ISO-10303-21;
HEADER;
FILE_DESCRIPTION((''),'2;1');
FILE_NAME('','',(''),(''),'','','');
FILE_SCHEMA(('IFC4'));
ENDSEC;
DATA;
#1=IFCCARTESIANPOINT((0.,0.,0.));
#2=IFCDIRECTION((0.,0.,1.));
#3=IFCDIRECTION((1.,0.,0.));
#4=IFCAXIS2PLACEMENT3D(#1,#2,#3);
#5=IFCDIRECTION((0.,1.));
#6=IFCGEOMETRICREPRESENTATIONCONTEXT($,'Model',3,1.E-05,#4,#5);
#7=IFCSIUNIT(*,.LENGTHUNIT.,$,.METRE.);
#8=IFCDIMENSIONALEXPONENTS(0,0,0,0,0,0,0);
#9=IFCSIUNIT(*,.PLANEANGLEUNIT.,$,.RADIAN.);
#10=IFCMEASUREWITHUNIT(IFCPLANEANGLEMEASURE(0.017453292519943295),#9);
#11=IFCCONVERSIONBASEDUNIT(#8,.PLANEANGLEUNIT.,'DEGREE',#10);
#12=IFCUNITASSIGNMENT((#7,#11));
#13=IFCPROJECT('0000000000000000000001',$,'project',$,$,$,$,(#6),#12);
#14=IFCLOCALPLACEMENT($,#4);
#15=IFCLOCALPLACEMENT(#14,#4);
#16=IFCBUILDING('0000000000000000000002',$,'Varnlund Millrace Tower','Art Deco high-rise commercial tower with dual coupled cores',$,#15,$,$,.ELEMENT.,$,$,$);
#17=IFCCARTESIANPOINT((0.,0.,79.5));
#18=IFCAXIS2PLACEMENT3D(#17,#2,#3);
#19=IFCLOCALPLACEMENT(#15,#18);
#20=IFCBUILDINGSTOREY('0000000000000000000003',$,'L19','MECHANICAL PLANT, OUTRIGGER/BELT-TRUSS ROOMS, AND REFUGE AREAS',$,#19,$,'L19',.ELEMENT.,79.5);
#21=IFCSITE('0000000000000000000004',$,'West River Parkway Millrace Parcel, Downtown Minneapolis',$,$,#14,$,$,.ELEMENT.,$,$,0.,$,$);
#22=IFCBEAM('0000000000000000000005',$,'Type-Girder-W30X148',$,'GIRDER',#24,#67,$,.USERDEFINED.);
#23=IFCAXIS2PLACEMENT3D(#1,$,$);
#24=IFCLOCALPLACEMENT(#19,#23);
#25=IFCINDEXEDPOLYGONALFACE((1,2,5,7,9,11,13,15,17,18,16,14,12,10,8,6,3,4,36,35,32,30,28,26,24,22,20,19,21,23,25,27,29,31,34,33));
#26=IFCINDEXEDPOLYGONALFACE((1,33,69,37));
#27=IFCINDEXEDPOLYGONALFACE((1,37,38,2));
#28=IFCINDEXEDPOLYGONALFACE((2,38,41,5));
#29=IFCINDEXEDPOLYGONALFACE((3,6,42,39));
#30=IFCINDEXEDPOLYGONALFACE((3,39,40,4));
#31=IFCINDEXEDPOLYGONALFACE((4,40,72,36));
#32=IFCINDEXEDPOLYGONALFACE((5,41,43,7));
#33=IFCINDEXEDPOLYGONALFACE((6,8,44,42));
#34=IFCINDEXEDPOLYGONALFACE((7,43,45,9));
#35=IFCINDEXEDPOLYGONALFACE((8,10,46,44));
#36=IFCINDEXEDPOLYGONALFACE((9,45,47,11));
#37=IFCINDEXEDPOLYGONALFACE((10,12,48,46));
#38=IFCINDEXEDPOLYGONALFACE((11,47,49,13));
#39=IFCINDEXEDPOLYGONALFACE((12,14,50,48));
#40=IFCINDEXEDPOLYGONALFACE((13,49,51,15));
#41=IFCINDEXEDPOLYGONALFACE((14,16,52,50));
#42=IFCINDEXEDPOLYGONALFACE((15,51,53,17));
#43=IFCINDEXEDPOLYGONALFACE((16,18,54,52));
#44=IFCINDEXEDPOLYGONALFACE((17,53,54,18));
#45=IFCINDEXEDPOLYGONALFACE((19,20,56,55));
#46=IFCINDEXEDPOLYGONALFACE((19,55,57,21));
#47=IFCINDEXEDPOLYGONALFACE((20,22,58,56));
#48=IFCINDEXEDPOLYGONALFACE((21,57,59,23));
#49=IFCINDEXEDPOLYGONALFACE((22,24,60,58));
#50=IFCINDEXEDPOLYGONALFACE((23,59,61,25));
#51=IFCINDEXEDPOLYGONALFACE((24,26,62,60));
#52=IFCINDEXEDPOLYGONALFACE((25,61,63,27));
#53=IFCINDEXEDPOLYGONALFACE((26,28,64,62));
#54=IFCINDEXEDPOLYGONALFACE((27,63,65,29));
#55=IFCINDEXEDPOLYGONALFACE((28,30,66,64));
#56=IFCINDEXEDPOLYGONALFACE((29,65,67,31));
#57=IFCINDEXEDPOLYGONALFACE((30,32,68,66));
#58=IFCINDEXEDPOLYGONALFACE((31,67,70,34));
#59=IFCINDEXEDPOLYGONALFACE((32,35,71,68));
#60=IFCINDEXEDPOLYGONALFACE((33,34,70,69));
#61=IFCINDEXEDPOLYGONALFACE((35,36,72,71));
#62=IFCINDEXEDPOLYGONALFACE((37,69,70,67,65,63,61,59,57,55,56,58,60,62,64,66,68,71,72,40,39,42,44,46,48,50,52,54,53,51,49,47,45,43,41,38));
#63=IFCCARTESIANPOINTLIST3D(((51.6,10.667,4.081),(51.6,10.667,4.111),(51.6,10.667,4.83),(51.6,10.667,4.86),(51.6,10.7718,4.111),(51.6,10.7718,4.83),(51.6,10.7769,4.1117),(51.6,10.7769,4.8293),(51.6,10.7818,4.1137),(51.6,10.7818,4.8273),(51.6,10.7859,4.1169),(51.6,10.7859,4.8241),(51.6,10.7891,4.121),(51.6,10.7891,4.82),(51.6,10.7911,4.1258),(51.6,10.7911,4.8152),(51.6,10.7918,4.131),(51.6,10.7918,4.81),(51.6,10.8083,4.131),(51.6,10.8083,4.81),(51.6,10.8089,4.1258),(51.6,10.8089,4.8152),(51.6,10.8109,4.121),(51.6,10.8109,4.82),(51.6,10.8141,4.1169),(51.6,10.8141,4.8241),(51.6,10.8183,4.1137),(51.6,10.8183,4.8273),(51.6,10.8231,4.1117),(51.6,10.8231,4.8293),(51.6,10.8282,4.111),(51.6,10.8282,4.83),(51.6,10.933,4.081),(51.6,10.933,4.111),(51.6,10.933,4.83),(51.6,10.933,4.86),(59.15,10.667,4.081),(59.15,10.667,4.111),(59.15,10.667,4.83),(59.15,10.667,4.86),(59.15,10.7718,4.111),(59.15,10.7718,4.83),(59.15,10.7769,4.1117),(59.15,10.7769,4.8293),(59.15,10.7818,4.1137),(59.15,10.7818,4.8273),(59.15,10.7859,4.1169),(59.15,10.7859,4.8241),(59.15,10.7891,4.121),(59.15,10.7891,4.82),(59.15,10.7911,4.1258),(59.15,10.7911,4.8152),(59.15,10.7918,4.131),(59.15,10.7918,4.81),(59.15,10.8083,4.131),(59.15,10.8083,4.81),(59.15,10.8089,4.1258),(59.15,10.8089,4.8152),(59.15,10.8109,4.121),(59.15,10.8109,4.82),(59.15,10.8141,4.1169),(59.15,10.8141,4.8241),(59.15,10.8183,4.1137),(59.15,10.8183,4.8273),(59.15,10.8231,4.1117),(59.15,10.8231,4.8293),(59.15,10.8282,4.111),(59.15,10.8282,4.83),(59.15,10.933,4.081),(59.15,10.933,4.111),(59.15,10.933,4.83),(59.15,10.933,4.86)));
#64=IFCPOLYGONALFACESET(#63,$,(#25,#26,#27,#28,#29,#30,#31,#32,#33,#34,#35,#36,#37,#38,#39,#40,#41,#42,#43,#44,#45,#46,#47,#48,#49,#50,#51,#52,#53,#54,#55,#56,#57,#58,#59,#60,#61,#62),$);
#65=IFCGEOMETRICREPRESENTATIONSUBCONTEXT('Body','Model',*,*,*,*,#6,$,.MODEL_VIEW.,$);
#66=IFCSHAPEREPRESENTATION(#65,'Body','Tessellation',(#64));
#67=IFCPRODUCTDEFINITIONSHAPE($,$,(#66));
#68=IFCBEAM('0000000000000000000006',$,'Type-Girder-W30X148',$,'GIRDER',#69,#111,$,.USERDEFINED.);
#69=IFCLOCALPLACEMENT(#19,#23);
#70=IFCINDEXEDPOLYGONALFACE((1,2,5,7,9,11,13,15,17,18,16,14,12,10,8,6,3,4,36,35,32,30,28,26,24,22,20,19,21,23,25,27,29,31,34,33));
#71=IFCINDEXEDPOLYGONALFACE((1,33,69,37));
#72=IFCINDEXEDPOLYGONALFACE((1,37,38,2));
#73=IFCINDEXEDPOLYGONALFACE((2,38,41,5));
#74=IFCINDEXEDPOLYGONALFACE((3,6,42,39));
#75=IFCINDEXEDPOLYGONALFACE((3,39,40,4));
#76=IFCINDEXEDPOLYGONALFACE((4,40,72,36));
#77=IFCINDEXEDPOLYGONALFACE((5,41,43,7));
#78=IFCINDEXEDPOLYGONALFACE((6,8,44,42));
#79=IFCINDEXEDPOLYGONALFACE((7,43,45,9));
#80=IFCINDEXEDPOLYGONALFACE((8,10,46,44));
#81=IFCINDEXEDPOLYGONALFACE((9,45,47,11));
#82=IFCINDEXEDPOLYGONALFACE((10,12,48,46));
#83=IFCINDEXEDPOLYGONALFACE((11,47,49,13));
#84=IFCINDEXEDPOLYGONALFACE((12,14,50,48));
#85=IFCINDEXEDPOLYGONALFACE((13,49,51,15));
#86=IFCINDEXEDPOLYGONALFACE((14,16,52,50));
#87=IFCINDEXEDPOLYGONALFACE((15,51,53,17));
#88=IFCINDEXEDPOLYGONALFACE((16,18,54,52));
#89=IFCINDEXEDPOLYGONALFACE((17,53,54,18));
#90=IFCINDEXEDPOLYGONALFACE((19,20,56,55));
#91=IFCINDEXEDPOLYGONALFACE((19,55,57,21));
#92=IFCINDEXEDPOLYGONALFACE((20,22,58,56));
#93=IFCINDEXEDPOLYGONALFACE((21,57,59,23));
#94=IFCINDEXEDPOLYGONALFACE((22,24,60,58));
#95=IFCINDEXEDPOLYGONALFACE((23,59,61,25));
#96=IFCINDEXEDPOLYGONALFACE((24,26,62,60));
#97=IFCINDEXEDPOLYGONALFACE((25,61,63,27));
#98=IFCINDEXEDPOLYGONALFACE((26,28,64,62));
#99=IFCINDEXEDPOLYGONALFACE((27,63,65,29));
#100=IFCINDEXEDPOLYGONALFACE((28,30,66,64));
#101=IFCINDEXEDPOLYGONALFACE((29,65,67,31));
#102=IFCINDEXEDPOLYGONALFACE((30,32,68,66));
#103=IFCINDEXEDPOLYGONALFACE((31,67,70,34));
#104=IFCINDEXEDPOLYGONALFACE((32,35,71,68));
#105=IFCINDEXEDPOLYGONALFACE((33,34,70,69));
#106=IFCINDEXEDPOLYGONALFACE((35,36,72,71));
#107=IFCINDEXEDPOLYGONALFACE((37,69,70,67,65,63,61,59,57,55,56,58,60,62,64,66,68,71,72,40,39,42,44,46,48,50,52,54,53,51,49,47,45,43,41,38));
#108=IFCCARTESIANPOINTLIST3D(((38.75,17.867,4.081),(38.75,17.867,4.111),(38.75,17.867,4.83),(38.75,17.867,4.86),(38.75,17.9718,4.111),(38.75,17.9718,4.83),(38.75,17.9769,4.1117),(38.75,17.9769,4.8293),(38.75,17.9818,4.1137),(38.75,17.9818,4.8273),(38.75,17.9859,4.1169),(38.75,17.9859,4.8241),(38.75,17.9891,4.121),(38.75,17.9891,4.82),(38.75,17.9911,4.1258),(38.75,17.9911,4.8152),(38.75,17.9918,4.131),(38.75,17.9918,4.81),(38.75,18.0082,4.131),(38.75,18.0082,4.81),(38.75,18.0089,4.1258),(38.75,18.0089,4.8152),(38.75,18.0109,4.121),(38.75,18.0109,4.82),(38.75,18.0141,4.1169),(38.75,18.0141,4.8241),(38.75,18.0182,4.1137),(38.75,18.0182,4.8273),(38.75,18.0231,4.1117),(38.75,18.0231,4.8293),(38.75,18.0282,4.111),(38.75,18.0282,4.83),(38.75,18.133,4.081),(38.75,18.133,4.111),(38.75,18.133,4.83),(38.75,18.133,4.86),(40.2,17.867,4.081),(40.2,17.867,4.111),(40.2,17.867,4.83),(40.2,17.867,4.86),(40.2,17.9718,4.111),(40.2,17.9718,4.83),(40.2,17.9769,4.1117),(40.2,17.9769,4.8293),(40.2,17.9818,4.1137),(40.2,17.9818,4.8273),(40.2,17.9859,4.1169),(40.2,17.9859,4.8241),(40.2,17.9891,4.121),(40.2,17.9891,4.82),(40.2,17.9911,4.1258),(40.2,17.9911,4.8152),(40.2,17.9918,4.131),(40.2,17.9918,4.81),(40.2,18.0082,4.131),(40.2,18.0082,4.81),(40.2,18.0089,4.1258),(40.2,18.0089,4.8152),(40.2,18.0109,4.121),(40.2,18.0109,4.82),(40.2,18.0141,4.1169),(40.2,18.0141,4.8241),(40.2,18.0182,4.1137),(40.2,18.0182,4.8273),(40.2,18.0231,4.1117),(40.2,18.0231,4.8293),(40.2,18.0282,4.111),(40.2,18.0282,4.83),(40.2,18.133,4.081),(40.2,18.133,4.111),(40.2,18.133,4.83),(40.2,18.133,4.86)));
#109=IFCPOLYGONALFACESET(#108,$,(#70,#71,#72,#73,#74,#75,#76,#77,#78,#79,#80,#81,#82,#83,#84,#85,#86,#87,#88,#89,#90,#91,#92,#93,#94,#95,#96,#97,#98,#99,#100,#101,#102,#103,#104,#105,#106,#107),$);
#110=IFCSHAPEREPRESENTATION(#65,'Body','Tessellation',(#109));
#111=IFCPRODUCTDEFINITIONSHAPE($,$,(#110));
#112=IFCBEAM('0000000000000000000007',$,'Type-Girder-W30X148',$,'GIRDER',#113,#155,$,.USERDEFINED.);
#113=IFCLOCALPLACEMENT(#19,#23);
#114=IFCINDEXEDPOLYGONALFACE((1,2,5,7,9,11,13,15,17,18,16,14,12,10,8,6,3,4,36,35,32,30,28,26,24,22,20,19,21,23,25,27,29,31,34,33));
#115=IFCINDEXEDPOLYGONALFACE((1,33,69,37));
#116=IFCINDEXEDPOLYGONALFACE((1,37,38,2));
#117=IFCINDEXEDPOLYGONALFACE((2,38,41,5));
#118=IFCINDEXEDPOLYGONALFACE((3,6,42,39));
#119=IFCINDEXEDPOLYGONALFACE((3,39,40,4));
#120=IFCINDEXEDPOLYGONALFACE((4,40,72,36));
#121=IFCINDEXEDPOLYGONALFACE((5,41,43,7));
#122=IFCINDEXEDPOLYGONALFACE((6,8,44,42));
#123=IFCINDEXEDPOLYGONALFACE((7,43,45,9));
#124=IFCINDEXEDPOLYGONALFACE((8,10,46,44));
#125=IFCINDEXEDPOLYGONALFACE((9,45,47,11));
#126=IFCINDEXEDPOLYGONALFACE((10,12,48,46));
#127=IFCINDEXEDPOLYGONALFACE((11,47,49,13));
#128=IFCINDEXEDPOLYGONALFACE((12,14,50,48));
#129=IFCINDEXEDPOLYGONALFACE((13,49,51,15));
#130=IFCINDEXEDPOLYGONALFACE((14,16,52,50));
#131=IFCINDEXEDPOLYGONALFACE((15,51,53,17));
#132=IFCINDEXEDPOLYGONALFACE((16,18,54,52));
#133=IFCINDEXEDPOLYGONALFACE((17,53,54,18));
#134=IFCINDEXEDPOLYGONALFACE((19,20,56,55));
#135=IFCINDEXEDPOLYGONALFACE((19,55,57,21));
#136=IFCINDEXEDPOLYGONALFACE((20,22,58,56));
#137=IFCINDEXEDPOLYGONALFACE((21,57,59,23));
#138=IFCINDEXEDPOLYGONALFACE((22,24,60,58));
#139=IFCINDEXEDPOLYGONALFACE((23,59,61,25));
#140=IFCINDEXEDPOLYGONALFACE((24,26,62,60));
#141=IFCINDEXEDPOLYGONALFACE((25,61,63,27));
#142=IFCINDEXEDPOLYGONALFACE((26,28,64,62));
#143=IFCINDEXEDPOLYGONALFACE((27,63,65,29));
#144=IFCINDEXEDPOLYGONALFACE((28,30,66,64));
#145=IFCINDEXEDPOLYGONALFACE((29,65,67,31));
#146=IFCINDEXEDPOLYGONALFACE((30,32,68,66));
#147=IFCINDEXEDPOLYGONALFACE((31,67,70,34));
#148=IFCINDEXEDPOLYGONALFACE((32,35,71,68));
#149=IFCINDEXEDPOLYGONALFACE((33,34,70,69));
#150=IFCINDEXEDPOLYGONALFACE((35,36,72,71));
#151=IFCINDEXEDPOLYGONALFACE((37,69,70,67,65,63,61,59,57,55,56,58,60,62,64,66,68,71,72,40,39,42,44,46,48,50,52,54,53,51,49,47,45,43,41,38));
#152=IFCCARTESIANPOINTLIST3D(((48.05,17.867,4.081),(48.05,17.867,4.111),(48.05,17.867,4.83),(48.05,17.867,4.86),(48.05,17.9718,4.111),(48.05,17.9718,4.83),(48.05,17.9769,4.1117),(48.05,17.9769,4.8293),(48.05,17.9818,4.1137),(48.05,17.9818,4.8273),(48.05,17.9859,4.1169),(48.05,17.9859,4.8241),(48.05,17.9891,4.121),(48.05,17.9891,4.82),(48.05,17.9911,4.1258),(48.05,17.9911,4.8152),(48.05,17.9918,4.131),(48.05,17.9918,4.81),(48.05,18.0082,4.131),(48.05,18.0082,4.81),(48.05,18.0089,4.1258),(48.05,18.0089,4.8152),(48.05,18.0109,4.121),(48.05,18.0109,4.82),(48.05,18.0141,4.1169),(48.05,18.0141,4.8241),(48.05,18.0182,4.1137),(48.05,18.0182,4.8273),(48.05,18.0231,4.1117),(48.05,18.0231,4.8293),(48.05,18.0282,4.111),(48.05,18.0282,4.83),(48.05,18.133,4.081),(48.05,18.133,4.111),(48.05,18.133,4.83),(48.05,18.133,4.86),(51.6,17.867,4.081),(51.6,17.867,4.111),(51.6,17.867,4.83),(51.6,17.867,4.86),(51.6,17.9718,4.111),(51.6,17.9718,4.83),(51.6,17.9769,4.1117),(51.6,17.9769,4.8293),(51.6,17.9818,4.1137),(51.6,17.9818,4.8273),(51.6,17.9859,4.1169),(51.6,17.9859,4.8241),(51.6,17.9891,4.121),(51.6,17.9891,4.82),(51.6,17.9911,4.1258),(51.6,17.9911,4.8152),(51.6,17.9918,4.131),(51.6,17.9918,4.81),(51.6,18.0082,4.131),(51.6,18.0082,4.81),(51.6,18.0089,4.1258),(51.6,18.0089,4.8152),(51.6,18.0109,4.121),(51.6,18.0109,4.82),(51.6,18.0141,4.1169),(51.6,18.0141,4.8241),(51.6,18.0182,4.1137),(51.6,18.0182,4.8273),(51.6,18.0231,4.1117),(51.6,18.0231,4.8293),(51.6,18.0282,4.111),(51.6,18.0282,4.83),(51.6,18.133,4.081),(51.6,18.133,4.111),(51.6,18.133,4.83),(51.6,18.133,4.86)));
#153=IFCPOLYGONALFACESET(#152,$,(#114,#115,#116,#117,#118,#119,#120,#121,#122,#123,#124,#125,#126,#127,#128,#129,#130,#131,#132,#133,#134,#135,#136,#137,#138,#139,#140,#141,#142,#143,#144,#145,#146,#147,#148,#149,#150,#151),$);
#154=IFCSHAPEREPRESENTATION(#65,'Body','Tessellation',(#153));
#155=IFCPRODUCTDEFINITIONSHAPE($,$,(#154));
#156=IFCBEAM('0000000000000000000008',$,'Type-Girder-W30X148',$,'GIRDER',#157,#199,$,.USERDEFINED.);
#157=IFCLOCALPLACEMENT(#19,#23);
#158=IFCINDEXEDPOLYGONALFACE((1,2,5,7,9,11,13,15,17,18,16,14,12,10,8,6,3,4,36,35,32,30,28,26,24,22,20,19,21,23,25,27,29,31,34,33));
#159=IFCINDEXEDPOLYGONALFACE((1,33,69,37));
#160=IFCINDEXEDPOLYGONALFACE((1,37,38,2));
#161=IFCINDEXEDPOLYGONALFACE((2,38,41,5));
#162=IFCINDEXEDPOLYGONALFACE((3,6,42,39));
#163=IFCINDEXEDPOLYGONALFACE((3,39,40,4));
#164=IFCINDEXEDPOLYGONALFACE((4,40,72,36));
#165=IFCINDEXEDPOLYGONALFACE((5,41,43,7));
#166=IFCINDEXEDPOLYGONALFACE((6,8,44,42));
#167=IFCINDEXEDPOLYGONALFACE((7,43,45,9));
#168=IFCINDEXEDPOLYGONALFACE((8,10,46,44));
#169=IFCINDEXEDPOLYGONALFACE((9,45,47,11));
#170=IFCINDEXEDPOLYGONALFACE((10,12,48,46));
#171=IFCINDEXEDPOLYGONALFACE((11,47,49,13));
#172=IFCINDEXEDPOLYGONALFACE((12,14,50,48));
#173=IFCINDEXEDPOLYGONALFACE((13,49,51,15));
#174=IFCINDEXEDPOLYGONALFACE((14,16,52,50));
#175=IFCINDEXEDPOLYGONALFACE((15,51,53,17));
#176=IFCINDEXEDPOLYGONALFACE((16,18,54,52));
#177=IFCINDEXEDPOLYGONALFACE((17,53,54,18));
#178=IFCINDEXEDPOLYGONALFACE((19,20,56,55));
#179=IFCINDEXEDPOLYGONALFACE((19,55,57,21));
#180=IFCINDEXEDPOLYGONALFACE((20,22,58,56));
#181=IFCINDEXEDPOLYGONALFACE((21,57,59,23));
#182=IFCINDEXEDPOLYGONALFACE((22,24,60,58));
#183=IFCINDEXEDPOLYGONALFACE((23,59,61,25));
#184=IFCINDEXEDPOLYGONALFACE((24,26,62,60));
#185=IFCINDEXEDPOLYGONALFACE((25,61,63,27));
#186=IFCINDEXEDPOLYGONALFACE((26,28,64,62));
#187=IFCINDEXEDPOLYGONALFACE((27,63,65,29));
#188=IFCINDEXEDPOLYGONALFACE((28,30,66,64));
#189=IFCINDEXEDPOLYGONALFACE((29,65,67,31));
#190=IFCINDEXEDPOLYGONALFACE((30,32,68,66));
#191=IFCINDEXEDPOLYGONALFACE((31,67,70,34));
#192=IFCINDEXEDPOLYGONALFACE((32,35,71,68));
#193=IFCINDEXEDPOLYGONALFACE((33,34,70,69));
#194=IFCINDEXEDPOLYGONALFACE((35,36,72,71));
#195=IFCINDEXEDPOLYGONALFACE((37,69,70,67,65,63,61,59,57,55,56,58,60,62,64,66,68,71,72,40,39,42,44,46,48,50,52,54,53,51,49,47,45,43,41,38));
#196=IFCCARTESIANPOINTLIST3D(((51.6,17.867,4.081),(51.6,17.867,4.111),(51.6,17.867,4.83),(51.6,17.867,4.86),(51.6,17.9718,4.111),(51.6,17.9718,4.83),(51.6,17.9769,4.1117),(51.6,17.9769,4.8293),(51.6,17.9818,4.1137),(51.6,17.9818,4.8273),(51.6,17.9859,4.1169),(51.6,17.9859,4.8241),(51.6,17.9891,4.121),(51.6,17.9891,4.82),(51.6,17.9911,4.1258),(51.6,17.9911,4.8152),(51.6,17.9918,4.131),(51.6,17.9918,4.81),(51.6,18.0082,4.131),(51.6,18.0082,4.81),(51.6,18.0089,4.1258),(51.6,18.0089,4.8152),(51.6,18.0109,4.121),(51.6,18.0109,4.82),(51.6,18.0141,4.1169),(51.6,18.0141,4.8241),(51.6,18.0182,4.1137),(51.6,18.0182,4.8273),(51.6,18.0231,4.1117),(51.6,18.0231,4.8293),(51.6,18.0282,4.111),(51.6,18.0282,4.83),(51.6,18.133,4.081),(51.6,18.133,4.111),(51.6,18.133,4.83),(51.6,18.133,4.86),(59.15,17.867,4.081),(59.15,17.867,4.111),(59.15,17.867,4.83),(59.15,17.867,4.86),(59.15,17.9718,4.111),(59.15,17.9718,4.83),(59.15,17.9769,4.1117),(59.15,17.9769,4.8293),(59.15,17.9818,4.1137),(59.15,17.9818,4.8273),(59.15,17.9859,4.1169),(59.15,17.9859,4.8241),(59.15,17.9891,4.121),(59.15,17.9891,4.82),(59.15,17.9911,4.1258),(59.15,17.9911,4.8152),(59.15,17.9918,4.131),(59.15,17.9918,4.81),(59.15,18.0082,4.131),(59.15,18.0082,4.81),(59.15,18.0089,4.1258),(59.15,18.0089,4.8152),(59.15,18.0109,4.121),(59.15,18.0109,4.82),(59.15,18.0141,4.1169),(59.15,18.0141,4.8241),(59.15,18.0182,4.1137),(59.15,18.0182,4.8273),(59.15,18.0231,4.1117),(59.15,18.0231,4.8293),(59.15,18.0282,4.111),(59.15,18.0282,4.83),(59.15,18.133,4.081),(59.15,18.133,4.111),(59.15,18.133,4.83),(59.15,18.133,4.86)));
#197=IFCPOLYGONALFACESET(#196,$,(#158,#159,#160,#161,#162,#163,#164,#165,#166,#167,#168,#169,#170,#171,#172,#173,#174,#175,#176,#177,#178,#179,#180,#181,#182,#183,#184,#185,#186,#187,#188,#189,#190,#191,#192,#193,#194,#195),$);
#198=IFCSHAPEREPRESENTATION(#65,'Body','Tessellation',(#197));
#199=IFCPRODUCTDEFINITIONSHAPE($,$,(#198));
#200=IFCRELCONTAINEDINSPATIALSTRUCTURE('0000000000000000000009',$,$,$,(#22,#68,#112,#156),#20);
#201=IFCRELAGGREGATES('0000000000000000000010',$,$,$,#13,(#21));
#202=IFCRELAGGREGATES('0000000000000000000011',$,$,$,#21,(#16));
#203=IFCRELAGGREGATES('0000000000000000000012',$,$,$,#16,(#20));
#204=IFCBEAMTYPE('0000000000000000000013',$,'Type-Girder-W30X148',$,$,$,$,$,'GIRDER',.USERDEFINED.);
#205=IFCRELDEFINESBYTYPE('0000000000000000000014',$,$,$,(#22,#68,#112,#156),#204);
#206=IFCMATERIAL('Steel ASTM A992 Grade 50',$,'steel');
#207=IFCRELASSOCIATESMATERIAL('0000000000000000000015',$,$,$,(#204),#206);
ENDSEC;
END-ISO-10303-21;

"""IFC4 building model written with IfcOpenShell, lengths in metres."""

from ifc_helpers import new_model, entity, si_unit, converted_unit, direction, frame, origin_with_axes, origin_2d_with_axis, place, context, subcontext, project, spatial, i_section, extrude, material, material_profile, profile_set, type_object, element, save


model = new_model("IFC4")

# Units and contexts
model_context = context("Model", 3, precision=1e-05, world=origin_with_axes(), true_north=direction((0.0, 1.0)))
body_context = subcontext(model_context, "Body", "Model", "MODEL_VIEW")
ifc_project = project(units=[si_unit("LENGTHUNIT", "METRE"), converted_unit("PLANEANGLEUNIT", "DEGREE", entity("IfcPlaneAngleMeasure", 0.017453292519943295), si_unit("PLANEANGLEUNIT", "RADIAN"), dimensions=[0, 0, 0, 0, 0, 0, 0])], contexts=[model_context])

# Site, building, storey
site_placement = place(None, origin_with_axes())
site = spatial("IfcSite", under=ifc_project, at=site_placement, Name="West River Parkway Millrace Parcel, Downtown Minneapolis", CompositionType="ELEMENT", RefElevation=0.0)
building_placement = place(site_placement, origin_with_axes())
building = spatial("IfcBuilding", under=site, at=building_placement, Name="Varnlund Millrace Tower", Description="Art Deco high-rise commercial tower with dual coupled cores", CompositionType="ELEMENT")
storey_placement = place(building_placement, frame((0.0, 0.0, 79.5), z_axis=(0.0, 0.0, 1.0), x_axis=(1.0, 0.0, 0.0)))
storey = spatial("IfcBuildingStorey", under=building, at=storey_placement, Name="L19", Description="MECHANICAL PLANT, OUTRIGGER/BELT-TRUSS ROOMS, AND REFUGE AREAS", LongName="L19", CompositionType="ELEMENT", Elevation=79.5)

# Beams
ifc_material_1 = material(Name="Steel ASTM A992 Grade 50", Category="steel")
ifc_material_profile_1 = material_profile(ifc_material_1, i_section(OverallWidth=0.266, OverallDepth=0.779, WebThickness=0.0165, FlangeThickness=0.03, FilletRadius=0.02, at=origin_2d_with_axis()), Name="Steel ASTM A992 Grade 50")
ifc_profile_set_1 = profile_set([ifc_material_profile_1], Name="Steel ASTM A992 Grade 50")
beam_type_1 = type_object("IfcBeamType", Name="Type-Girder-W30X148", ElementType="GIRDER", PredefinedType="USERDEFINED", material=ifc_profile_set_1)
beam_1_placement = place(storey_placement, frame((51.6, 10.8, 4.4705), z_axis=(1.0, 0.0, 0.0), x_axis=(0.0, 1.0, 0.0)))
element("IfcBeam", 1, at=beam_1_placement, inside=storey, type_object=beam_type_1, Name="Type-Girder-W30X148", ObjectType="GIRDER", PredefinedType="USERDEFINED", context=body_context, shape_type="SweptSolid", body=[
    extrude(i_section(OverallWidth=0.266, OverallDepth=0.779, WebThickness=0.0165, FlangeThickness=0.03, FilletRadius=0.02, at=origin_2d_with_axis()), origin_with_axes(), (0.0, 0.0, 1.0), 7.55),
])
beam_2_placement = place(storey_placement, frame((38.75, 18.0, 4.4705), z_axis=(1.0, 0.0, 0.0), x_axis=(0.0, 1.0, 0.0)))
element("IfcBeam", 2, at=beam_2_placement, inside=storey, type_object=beam_type_1, Name="Type-Girder-W30X148", ObjectType="GIRDER", PredefinedType="USERDEFINED", context=body_context, shape_type="SweptSolid", body=[
    extrude(i_section(OverallWidth=0.266, OverallDepth=0.779, WebThickness=0.0165, FlangeThickness=0.03, FilletRadius=0.02, at=origin_2d_with_axis()), origin_with_axes(), (0.0, 0.0, 1.0), 1.45),
])
beam_3_placement = place(storey_placement, frame((48.05, 18.0, 4.4705), z_axis=(1.0, 0.0, 0.0), x_axis=(0.0, 1.0, 0.0)))
element("IfcBeam", 3, at=beam_3_placement, inside=storey, type_object=beam_type_1, Name="Type-Girder-W30X148", ObjectType="GIRDER", PredefinedType="USERDEFINED", context=body_context, shape_type="SweptSolid", body=[
    extrude(i_section(OverallWidth=0.266, OverallDepth=0.779, WebThickness=0.0165, FlangeThickness=0.03, FilletRadius=0.02, at=origin_2d_with_axis()), origin_with_axes(), (0.0, 0.0, 1.0), 3.55),
])
beam_4_placement = place(storey_placement, frame((51.6, 18.0, 4.4705), z_axis=(1.0, 0.0, 0.0), x_axis=(0.0, 1.0, 0.0)))
element("IfcBeam", 4, at=beam_4_placement, inside=storey, type_object=beam_type_1, Name="Type-Girder-W30X148", ObjectType="GIRDER", PredefinedType="USERDEFINED", context=body_context, shape_type="SweptSolid", body=[
    extrude(i_section(OverallWidth=0.266, OverallDepth=0.779, WebThickness=0.0165, FlangeThickness=0.03, FilletRadius=0.02, at=origin_2d_with_axis()), origin_with_axes(), (0.0, 0.0, 1.0), 7.55),
])

save(model, "model.ifc")
